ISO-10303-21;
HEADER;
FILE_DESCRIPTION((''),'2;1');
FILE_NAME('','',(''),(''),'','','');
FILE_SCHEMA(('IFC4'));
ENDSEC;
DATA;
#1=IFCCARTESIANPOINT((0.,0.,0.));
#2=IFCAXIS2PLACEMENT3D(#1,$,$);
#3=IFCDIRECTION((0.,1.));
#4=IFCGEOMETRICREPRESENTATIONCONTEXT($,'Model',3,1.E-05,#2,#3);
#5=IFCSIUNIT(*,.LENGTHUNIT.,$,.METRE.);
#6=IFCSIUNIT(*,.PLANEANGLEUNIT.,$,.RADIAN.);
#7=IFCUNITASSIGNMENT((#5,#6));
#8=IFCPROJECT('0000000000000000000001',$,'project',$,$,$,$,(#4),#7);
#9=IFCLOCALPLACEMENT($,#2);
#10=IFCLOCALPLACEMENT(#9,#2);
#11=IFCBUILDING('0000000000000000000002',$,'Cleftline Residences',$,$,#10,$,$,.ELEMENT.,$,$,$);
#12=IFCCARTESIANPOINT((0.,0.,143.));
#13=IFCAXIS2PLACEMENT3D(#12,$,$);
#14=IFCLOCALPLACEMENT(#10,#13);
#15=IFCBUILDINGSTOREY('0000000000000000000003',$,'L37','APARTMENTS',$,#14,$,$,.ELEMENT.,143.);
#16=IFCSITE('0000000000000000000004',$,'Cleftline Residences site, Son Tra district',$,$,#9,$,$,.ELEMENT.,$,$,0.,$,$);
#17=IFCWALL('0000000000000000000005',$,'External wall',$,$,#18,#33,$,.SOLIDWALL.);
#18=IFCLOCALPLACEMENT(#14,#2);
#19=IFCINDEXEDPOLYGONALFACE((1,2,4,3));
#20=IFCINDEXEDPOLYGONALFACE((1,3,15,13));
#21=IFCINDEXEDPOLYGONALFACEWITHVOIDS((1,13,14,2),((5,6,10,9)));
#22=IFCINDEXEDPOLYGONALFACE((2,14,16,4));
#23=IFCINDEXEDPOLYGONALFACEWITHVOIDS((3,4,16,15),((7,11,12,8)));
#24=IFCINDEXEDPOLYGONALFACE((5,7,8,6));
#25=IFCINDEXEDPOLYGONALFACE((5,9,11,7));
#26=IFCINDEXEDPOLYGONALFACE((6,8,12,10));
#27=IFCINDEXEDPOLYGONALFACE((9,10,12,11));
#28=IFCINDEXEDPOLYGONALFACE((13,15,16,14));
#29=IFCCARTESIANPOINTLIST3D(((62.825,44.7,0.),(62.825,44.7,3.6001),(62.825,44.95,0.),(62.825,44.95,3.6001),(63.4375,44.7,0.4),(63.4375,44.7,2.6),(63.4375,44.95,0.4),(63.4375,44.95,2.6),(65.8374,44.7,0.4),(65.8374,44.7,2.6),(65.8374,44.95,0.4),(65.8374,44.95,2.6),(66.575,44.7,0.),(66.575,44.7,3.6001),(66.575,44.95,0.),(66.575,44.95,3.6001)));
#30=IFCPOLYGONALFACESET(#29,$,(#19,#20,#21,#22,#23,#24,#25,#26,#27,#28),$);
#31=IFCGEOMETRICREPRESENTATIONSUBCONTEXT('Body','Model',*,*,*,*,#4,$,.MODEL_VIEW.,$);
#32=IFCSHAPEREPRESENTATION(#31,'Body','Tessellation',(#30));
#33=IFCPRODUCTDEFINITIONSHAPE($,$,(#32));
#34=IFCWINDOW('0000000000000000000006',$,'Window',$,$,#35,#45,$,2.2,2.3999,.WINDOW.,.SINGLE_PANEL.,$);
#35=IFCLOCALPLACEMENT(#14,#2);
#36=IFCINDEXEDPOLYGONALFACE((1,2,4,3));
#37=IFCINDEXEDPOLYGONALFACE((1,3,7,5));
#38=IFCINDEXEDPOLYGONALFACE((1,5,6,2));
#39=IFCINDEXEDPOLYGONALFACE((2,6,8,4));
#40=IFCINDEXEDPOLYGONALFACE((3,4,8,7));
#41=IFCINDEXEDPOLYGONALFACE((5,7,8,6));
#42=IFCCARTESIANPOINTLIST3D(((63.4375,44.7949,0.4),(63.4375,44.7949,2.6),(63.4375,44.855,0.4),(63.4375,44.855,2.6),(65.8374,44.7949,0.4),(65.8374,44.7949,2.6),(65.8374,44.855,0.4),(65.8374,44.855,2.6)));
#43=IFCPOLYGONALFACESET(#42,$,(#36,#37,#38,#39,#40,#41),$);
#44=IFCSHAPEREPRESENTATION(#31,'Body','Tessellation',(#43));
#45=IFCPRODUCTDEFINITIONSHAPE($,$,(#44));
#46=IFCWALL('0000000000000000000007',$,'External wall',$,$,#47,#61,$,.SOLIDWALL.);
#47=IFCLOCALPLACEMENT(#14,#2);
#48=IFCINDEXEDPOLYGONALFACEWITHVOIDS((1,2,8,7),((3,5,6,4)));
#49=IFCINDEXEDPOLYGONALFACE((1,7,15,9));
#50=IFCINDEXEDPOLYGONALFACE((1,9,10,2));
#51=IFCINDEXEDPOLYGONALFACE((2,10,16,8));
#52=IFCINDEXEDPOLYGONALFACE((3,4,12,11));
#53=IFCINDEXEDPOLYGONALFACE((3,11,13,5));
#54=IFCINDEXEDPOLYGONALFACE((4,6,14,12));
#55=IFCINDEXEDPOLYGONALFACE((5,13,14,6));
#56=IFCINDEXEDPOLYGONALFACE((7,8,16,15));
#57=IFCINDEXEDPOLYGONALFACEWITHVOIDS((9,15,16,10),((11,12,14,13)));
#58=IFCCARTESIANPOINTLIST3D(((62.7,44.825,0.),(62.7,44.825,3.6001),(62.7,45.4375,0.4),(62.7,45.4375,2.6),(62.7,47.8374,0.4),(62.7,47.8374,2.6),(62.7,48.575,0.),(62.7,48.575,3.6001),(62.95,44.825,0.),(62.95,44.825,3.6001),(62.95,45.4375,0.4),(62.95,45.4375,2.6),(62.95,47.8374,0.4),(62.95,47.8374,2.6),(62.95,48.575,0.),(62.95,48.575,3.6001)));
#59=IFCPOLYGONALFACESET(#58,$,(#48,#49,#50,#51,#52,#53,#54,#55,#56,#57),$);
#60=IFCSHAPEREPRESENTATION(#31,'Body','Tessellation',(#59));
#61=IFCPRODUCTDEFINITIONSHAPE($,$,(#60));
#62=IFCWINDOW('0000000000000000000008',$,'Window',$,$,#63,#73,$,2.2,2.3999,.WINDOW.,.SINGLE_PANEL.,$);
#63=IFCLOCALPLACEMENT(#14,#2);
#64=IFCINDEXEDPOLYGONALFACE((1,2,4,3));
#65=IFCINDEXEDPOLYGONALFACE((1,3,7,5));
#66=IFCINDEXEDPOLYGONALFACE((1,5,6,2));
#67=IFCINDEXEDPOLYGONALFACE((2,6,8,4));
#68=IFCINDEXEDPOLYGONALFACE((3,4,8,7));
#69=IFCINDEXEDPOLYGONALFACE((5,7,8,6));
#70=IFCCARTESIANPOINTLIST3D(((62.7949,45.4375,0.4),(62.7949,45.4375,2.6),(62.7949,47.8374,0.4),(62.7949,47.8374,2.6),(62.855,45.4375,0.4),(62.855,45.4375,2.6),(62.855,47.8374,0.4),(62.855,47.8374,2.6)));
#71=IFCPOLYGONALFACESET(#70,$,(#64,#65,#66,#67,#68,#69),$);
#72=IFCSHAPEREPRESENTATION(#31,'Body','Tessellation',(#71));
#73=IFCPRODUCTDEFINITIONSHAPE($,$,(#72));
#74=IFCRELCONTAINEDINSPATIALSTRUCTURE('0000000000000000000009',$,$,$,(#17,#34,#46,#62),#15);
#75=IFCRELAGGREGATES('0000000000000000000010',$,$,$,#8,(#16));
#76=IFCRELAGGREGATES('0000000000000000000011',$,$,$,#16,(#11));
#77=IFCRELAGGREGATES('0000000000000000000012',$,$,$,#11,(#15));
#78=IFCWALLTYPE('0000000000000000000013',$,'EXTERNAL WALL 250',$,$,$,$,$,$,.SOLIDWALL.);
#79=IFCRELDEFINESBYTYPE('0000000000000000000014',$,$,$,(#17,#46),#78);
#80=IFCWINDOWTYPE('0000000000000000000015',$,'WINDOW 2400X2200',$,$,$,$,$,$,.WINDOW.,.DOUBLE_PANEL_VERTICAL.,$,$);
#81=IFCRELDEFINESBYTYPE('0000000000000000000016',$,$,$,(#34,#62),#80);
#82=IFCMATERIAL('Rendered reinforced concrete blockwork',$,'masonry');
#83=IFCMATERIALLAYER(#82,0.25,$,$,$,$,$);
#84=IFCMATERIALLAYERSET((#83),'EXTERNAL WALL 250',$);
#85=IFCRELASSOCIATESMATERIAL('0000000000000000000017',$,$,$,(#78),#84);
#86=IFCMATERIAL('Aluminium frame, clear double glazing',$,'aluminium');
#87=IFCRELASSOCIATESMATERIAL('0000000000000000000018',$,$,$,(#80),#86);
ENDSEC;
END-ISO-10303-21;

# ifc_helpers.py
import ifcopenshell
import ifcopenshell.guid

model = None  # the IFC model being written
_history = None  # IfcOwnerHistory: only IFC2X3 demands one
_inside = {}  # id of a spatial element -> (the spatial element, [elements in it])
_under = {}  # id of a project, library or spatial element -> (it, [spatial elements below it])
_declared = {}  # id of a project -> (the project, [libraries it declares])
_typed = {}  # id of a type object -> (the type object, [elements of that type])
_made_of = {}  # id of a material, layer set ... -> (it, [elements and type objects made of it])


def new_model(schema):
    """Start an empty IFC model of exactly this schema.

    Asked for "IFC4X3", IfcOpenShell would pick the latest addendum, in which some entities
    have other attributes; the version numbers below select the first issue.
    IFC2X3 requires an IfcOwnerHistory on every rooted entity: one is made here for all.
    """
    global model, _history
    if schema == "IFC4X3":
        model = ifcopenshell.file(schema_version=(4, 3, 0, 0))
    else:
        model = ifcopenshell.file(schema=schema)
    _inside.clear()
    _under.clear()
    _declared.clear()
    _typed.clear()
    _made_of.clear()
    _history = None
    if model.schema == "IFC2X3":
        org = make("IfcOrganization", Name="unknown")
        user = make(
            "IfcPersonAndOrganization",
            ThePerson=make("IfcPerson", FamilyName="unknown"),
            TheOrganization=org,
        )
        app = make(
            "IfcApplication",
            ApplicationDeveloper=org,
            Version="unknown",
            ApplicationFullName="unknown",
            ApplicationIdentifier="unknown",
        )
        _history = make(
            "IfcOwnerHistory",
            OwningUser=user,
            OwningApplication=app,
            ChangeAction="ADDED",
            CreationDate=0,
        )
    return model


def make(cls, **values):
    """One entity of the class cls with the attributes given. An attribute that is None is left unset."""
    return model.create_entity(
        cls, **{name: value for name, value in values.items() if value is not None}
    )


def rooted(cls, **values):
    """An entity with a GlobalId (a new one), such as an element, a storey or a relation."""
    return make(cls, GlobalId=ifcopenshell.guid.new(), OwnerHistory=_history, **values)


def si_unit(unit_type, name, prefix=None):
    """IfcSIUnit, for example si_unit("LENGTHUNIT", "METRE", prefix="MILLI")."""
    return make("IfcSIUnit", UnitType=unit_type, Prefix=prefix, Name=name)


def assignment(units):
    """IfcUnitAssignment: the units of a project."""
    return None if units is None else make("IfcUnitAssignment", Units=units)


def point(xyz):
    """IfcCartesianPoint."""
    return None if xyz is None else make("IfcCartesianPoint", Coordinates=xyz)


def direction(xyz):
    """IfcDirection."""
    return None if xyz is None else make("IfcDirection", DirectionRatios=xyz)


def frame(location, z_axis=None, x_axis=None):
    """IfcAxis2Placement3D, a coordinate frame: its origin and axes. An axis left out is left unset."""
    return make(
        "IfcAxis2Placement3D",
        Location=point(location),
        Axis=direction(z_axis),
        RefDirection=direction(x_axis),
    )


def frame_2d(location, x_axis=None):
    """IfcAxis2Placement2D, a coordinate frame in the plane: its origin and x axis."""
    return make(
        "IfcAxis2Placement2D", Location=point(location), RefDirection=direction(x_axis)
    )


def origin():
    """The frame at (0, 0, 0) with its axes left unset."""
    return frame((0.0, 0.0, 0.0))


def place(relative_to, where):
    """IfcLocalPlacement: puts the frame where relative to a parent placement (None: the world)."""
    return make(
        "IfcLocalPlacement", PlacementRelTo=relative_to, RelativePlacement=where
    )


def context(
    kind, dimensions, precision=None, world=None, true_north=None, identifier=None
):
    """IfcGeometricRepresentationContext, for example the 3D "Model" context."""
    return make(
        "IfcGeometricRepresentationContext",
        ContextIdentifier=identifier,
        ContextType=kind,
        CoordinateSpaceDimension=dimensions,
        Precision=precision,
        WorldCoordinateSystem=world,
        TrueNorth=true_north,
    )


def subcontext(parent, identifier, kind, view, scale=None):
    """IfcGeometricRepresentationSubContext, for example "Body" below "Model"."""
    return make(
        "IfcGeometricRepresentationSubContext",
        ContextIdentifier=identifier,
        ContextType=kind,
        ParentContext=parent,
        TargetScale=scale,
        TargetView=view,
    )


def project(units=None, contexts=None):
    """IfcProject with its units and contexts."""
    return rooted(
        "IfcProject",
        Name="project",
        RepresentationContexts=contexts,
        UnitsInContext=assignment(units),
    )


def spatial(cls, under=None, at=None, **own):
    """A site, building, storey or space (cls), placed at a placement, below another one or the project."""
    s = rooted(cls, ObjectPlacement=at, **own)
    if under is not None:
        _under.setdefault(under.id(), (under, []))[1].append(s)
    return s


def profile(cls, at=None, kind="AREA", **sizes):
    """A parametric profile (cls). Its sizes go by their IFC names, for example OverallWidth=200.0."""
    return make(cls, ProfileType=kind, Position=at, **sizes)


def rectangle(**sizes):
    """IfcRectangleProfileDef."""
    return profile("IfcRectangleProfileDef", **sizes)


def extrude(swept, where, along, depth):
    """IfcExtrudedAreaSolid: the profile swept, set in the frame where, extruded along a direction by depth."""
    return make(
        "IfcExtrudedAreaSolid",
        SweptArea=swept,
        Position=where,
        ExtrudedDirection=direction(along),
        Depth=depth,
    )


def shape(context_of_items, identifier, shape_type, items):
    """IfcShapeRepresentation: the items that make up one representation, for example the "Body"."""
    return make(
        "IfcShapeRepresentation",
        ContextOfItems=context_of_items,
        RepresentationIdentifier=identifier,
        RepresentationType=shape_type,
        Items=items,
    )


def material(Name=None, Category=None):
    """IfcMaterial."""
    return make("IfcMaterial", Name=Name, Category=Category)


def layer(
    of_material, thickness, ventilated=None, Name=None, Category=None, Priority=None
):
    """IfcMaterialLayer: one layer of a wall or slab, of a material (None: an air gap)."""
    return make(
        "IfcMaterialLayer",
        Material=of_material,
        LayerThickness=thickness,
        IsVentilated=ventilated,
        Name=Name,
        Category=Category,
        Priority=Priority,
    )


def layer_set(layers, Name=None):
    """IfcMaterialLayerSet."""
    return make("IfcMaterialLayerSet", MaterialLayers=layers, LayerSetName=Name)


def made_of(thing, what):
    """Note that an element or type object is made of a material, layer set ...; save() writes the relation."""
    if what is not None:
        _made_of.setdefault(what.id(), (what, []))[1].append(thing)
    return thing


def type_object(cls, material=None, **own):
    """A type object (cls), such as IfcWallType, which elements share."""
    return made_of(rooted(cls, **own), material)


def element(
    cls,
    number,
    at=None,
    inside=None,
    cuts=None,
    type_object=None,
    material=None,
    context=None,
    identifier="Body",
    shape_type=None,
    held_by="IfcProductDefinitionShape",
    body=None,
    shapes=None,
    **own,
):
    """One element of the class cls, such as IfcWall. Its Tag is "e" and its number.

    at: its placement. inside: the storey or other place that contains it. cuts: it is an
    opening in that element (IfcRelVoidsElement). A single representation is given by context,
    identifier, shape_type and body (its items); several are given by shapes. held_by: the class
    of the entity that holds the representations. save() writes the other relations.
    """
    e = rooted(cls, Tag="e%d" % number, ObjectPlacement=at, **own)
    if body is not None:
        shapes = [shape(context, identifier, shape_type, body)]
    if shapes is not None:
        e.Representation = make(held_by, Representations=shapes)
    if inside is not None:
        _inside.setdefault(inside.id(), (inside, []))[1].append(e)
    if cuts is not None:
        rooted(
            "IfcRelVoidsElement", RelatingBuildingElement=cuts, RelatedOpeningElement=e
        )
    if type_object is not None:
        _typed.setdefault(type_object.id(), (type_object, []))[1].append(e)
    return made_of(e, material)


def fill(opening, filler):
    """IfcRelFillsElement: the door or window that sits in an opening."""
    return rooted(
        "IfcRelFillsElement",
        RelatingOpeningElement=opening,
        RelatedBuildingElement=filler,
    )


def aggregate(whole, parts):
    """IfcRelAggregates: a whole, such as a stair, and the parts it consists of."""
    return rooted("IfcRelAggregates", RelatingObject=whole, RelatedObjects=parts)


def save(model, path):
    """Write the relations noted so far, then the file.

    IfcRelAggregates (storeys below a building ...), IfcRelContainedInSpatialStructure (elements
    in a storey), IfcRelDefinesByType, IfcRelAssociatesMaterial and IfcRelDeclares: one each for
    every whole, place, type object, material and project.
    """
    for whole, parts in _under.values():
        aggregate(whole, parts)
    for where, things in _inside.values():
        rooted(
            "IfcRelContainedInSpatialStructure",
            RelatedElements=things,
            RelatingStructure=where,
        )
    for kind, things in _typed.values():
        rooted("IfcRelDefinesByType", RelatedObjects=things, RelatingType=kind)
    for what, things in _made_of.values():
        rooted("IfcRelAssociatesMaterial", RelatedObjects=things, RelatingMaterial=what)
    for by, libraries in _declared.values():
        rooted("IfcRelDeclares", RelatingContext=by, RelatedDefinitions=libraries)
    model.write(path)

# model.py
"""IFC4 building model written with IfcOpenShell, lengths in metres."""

from ifc_helpers import new_model, si_unit, direction, frame, frame_2d, origin, place, context, subcontext, project, spatial, rectangle, extrude, material, layer, layer_set, type_object, element, fill, save


model = new_model("IFC4")

# Units and contexts
model_context = context("Model", 3, precision=1e-05, world=origin(), true_north=direction((0.0, 1.0)))
body_context = subcontext(model_context, "Body", "Model", "MODEL_VIEW")
ifc_project = project(units=[si_unit("LENGTHUNIT", "METRE"), si_unit("PLANEANGLEUNIT", "RADIAN")], contexts=[model_context])

# Site, building, storey
site_placement = place(None, origin())
site = spatial("IfcSite", under=ifc_project, at=site_placement, Name="Cleftline Residences site, Son Tra district", CompositionType="ELEMENT", RefElevation=0.0)
building_placement = place(site_placement, origin())
building = spatial("IfcBuilding", under=site, at=building_placement, Name="Cleftline Residences", CompositionType="ELEMENT")
storey_placement = place(building_placement, frame((0.0, 0.0, 143.0)))
storey = spatial("IfcBuildingStorey", under=building, at=storey_placement, Name="L37", Description="APARTMENTS", CompositionType="ELEMENT", Elevation=143.0)

# Walls, openings, windows
ifc_material_1 = material(Name="Rendered reinforced concrete blockwork", Category="masonry")
ifc_layer_1 = layer(ifc_material_1, 0.25)
ifc_layer_set_1 = layer_set([ifc_layer_1], Name="EXTERNAL WALL 250")
wall_type_1 = type_object("IfcWallType", Name="EXTERNAL WALL 250", PredefinedType="SOLIDWALL", material=ifc_layer_set_1)
wall_1_placement = place(storey_placement, frame((66.575, 44.825, 0.0), z_axis=(0.0, 0.0, 1.0), x_axis=(-1.0, 0.0, 0.0)))
wall_1 = element("IfcWall", 1, at=wall_1_placement, inside=storey, type_object=wall_type_1, Name="External wall", PredefinedType="SOLIDWALL", context=body_context, shape_type="SweptSolid", body=[
    extrude(rectangle(XDim=3.75, YDim=0.25, at=frame_2d((1.875, 0.0))), origin(), (0.0, 0.0, 1.0), 3.6001),
])
opening_1_placement = place(wall_1_placement, frame((0.7375, 0.0, 0.3999)))
opening_1 = element("IfcOpeningElement", 2, at=opening_1_placement, cuts=wall_1, PredefinedType="OPENING", context=body_context, shape_type="SweptSolid", body=[
    extrude(rectangle(XDim=2.3999, YDim=2.2, at=frame_2d((1.2, 1.1001))), frame((0.0, 0.135, 0.0), z_axis=(0.0, -1.0, 0.0), x_axis=(1.0, 0.0, 0.0)), (0.0, 0.0, 1.0), 0.27),
])
ifc_material_2 = material(Name="Aluminium frame, clear double glazing", Category="aluminium")
window_type_1 = type_object("IfcWindowType", Name="WINDOW 2400X2200", PartitioningType="DOUBLE_PANEL_VERTICAL", PredefinedType="WINDOW", material=ifc_material_2)
window_1_placement = place(opening_1_placement, origin())
window_1 = element("IfcWindow", 3, at=window_1_placement, inside=storey, type_object=window_type_1, Name="Window", OverallHeight=2.2, OverallWidth=2.3999, PartitioningType="SINGLE_PANEL", PredefinedType="WINDOW", context=body_context, shape_type="SweptSolid", body=[
    extrude(rectangle(XDim=2.3999, YDim=2.2, at=frame_2d((1.2, 1.1001))), frame((0.0, 0.03, 0.0), z_axis=(0.0, -1.0, 0.0), x_axis=(1.0, 0.0, 0.0)), (0.0, 0.0, 1.0), 0.0601),
])
fill(opening_1, window_1)
wall_2_placement = place(storey_placement, frame((62.825, 44.825, 0.0), z_axis=(0.0, 0.0, 1.0), x_axis=(0.0, 1.0, 0.0)))
wall_2 = element("IfcWall", 4, at=wall_2_placement, inside=storey, type_object=wall_type_1, Name="External wall", PredefinedType="SOLIDWALL", context=body_context, shape_type="SweptSolid", body=[
    extrude(rectangle(XDim=3.75, YDim=0.25, at=frame_2d((1.875, 0.0))), origin(), (0.0, 0.0, 1.0), 3.6001),
])
opening_2_placement = place(wall_2_placement, frame((0.6125, 0.0, 0.3999)))
opening_2 = element("IfcOpeningElement", 5, at=opening_2_placement, cuts=wall_2, PredefinedType="OPENING", context=body_context, shape_type="SweptSolid", body=[
    extrude(rectangle(XDim=2.3999, YDim=2.2, at=frame_2d((1.2, 1.1001))), frame((0.0, 0.135, 0.0), z_axis=(0.0, -1.0, 0.0), x_axis=(1.0, 0.0, 0.0)), (0.0, 0.0, 1.0), 0.27),
])
window_2_placement = place(opening_2_placement, origin())
window_2 = element("IfcWindow", 6, at=window_2_placement, inside=storey, type_object=window_type_1, Name="Window", OverallHeight=2.2, OverallWidth=2.3999, PartitioningType="SINGLE_PANEL", PredefinedType="WINDOW", context=body_context, shape_type="SweptSolid", body=[
    extrude(rectangle(XDim=2.3999, YDim=2.2, at=frame_2d((1.2, 1.1001))), frame((0.0, 0.03, 0.0), z_axis=(0.0, -1.0, 0.0), x_axis=(1.0, 0.0, 0.0)), (0.0, 0.0, 1.0), 0.0601),
])
fill(opening_2, window_2)

save(model, "model.ifc")
